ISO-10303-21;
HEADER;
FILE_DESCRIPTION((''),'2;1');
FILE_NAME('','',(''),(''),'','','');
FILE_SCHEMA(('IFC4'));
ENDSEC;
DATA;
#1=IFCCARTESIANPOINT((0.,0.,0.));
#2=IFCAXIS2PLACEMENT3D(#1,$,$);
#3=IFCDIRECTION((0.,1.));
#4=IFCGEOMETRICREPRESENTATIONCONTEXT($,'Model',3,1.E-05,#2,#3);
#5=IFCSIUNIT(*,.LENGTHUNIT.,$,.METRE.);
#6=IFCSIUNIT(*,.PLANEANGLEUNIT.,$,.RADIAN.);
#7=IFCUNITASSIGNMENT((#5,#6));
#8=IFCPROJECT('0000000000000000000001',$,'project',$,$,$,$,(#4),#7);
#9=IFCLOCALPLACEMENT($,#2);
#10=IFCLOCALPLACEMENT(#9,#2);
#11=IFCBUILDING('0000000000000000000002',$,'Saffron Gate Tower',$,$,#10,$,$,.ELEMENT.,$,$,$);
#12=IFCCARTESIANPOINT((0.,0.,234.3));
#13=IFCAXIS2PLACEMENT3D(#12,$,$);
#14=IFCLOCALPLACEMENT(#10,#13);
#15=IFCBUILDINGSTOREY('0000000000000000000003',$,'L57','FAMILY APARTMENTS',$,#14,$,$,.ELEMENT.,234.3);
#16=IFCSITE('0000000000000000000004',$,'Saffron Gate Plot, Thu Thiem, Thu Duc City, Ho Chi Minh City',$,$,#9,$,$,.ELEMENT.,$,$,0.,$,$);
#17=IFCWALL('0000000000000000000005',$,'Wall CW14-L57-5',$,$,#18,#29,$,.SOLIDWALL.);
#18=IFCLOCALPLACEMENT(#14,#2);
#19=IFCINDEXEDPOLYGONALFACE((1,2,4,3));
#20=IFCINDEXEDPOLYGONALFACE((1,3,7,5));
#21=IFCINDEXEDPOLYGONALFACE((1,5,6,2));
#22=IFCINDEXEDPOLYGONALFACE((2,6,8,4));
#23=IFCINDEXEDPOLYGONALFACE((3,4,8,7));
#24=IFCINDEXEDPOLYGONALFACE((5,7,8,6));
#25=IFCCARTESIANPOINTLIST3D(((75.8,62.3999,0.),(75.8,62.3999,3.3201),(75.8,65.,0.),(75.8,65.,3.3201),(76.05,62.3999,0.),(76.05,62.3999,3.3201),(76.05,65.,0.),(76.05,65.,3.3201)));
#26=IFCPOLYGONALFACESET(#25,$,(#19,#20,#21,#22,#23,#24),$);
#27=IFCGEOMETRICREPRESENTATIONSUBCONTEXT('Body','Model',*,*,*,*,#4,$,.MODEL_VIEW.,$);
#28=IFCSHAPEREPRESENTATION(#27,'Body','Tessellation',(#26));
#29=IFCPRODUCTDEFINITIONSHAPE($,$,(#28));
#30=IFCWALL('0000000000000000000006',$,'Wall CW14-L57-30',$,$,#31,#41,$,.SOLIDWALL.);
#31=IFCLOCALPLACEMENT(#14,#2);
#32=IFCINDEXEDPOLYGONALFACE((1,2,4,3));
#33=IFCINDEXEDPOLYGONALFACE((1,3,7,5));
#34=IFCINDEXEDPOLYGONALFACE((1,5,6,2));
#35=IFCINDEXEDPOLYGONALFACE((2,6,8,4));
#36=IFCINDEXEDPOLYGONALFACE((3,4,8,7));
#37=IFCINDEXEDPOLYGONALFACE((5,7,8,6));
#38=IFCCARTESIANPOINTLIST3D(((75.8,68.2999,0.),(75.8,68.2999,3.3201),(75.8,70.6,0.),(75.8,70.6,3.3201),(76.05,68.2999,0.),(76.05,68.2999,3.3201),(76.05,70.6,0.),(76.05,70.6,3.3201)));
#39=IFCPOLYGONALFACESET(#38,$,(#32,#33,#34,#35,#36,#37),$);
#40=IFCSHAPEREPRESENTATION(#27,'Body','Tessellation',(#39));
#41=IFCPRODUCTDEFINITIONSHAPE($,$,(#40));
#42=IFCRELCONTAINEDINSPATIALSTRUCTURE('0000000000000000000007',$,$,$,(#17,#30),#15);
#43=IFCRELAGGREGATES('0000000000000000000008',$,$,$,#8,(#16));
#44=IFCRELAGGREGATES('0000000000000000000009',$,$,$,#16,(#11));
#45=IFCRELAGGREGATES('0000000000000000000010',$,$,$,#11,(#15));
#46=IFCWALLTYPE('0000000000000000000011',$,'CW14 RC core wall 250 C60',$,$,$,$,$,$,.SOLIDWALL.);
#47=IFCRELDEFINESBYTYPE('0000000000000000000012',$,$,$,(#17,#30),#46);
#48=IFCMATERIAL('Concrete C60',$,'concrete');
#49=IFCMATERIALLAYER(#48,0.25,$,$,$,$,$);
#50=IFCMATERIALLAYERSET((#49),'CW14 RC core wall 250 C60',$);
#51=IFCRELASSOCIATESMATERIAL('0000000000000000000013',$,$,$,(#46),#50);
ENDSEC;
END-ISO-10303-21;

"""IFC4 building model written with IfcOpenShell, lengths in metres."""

from ifc_helpers import new_model, si_unit, direction, frame, frame_2d, origin, place, context, subcontext, project, spatial, rectangle, extrude, material, layer, layer_set, type_object, element, save


model = new_model("IFC4")

# Units and contexts
model_context = context("Model", 3, precision=1e-05, world=origin(), true_north=direction((0.0, 1.0)))
body_context = subcontext(model_context, "Body", "Model", "MODEL_VIEW")
ifc_project = project(units=[si_unit("LENGTHUNIT", "METRE"), si_unit("PLANEANGLEUNIT", "RADIAN")], contexts=[model_context])

# Site, building, storey
site_placement = place(None, origin())
site = spatial("IfcSite", under=ifc_project, at=site_placement, Name="Saffron Gate Plot, Thu Thiem, Thu Duc City, Ho Chi Minh City", CompositionType="ELEMENT", RefElevation=0.0)
building_placement = place(site_placement, origin())
building = spatial("IfcBuilding", under=site, at=building_placement, Name="Saffron Gate Tower", CompositionType="ELEMENT")
storey_placement = place(building_placement, frame((0.0, 0.0, 234.3)))
storey = spatial("IfcBuildingStorey", under=building, at=storey_placement, Name="L57", Description="FAMILY APARTMENTS", CompositionType="ELEMENT", Elevation=234.3)

# Walls
ifc_material_1 = material(Name="Concrete C60", Category="concrete")
ifc_layer_1 = layer(ifc_material_1, 0.25)
ifc_layer_set_1 = layer_set([ifc_layer_1], Name="CW14 RC core wall 250 C60")
wall_type_1 = type_object("IfcWallType", Name="CW14 RC core wall 250 C60", PredefinedType="SOLIDWALL", material=ifc_layer_set_1)
wall_1_placement = place(storey_placement, frame((75.925, 62.3999, 0.0), z_axis=(0.0, 0.0, 1.0), x_axis=(0.0, 1.0, 0.0)))
element("IfcWall", 1, at=wall_1_placement, inside=storey, type_object=wall_type_1, Name="Wall CW14-L57-5", PredefinedType="SOLIDWALL", context=body_context, shape_type="SweptSolid", body=[
    extrude(rectangle(XDim=2.6001, YDim=0.25, at=frame_2d((1.3, 0.0))), origin(), (0.0, 0.0, 1.0), 3.3201),
])
wall_2_placement = place(storey_placement, frame((75.925, 68.3, 0.0), z_axis=(0.0, 0.0, 1.0), x_axis=(0.0, 1.0, 0.0)))
element("IfcWall", 2, at=wall_2_placement, inside=storey, type_object=wall_type_1, Name="Wall CW14-L57-30", PredefinedType="SOLIDWALL", context=body_context, shape_type="SweptSolid", body=[
    extrude(rectangle(XDim=2.3, YDim=0.25, at=frame_2d((1.1499, 0.0))), origin(), (0.0, 0.0, 1.0), 3.3201),
])

save(model, "model.ifc")
